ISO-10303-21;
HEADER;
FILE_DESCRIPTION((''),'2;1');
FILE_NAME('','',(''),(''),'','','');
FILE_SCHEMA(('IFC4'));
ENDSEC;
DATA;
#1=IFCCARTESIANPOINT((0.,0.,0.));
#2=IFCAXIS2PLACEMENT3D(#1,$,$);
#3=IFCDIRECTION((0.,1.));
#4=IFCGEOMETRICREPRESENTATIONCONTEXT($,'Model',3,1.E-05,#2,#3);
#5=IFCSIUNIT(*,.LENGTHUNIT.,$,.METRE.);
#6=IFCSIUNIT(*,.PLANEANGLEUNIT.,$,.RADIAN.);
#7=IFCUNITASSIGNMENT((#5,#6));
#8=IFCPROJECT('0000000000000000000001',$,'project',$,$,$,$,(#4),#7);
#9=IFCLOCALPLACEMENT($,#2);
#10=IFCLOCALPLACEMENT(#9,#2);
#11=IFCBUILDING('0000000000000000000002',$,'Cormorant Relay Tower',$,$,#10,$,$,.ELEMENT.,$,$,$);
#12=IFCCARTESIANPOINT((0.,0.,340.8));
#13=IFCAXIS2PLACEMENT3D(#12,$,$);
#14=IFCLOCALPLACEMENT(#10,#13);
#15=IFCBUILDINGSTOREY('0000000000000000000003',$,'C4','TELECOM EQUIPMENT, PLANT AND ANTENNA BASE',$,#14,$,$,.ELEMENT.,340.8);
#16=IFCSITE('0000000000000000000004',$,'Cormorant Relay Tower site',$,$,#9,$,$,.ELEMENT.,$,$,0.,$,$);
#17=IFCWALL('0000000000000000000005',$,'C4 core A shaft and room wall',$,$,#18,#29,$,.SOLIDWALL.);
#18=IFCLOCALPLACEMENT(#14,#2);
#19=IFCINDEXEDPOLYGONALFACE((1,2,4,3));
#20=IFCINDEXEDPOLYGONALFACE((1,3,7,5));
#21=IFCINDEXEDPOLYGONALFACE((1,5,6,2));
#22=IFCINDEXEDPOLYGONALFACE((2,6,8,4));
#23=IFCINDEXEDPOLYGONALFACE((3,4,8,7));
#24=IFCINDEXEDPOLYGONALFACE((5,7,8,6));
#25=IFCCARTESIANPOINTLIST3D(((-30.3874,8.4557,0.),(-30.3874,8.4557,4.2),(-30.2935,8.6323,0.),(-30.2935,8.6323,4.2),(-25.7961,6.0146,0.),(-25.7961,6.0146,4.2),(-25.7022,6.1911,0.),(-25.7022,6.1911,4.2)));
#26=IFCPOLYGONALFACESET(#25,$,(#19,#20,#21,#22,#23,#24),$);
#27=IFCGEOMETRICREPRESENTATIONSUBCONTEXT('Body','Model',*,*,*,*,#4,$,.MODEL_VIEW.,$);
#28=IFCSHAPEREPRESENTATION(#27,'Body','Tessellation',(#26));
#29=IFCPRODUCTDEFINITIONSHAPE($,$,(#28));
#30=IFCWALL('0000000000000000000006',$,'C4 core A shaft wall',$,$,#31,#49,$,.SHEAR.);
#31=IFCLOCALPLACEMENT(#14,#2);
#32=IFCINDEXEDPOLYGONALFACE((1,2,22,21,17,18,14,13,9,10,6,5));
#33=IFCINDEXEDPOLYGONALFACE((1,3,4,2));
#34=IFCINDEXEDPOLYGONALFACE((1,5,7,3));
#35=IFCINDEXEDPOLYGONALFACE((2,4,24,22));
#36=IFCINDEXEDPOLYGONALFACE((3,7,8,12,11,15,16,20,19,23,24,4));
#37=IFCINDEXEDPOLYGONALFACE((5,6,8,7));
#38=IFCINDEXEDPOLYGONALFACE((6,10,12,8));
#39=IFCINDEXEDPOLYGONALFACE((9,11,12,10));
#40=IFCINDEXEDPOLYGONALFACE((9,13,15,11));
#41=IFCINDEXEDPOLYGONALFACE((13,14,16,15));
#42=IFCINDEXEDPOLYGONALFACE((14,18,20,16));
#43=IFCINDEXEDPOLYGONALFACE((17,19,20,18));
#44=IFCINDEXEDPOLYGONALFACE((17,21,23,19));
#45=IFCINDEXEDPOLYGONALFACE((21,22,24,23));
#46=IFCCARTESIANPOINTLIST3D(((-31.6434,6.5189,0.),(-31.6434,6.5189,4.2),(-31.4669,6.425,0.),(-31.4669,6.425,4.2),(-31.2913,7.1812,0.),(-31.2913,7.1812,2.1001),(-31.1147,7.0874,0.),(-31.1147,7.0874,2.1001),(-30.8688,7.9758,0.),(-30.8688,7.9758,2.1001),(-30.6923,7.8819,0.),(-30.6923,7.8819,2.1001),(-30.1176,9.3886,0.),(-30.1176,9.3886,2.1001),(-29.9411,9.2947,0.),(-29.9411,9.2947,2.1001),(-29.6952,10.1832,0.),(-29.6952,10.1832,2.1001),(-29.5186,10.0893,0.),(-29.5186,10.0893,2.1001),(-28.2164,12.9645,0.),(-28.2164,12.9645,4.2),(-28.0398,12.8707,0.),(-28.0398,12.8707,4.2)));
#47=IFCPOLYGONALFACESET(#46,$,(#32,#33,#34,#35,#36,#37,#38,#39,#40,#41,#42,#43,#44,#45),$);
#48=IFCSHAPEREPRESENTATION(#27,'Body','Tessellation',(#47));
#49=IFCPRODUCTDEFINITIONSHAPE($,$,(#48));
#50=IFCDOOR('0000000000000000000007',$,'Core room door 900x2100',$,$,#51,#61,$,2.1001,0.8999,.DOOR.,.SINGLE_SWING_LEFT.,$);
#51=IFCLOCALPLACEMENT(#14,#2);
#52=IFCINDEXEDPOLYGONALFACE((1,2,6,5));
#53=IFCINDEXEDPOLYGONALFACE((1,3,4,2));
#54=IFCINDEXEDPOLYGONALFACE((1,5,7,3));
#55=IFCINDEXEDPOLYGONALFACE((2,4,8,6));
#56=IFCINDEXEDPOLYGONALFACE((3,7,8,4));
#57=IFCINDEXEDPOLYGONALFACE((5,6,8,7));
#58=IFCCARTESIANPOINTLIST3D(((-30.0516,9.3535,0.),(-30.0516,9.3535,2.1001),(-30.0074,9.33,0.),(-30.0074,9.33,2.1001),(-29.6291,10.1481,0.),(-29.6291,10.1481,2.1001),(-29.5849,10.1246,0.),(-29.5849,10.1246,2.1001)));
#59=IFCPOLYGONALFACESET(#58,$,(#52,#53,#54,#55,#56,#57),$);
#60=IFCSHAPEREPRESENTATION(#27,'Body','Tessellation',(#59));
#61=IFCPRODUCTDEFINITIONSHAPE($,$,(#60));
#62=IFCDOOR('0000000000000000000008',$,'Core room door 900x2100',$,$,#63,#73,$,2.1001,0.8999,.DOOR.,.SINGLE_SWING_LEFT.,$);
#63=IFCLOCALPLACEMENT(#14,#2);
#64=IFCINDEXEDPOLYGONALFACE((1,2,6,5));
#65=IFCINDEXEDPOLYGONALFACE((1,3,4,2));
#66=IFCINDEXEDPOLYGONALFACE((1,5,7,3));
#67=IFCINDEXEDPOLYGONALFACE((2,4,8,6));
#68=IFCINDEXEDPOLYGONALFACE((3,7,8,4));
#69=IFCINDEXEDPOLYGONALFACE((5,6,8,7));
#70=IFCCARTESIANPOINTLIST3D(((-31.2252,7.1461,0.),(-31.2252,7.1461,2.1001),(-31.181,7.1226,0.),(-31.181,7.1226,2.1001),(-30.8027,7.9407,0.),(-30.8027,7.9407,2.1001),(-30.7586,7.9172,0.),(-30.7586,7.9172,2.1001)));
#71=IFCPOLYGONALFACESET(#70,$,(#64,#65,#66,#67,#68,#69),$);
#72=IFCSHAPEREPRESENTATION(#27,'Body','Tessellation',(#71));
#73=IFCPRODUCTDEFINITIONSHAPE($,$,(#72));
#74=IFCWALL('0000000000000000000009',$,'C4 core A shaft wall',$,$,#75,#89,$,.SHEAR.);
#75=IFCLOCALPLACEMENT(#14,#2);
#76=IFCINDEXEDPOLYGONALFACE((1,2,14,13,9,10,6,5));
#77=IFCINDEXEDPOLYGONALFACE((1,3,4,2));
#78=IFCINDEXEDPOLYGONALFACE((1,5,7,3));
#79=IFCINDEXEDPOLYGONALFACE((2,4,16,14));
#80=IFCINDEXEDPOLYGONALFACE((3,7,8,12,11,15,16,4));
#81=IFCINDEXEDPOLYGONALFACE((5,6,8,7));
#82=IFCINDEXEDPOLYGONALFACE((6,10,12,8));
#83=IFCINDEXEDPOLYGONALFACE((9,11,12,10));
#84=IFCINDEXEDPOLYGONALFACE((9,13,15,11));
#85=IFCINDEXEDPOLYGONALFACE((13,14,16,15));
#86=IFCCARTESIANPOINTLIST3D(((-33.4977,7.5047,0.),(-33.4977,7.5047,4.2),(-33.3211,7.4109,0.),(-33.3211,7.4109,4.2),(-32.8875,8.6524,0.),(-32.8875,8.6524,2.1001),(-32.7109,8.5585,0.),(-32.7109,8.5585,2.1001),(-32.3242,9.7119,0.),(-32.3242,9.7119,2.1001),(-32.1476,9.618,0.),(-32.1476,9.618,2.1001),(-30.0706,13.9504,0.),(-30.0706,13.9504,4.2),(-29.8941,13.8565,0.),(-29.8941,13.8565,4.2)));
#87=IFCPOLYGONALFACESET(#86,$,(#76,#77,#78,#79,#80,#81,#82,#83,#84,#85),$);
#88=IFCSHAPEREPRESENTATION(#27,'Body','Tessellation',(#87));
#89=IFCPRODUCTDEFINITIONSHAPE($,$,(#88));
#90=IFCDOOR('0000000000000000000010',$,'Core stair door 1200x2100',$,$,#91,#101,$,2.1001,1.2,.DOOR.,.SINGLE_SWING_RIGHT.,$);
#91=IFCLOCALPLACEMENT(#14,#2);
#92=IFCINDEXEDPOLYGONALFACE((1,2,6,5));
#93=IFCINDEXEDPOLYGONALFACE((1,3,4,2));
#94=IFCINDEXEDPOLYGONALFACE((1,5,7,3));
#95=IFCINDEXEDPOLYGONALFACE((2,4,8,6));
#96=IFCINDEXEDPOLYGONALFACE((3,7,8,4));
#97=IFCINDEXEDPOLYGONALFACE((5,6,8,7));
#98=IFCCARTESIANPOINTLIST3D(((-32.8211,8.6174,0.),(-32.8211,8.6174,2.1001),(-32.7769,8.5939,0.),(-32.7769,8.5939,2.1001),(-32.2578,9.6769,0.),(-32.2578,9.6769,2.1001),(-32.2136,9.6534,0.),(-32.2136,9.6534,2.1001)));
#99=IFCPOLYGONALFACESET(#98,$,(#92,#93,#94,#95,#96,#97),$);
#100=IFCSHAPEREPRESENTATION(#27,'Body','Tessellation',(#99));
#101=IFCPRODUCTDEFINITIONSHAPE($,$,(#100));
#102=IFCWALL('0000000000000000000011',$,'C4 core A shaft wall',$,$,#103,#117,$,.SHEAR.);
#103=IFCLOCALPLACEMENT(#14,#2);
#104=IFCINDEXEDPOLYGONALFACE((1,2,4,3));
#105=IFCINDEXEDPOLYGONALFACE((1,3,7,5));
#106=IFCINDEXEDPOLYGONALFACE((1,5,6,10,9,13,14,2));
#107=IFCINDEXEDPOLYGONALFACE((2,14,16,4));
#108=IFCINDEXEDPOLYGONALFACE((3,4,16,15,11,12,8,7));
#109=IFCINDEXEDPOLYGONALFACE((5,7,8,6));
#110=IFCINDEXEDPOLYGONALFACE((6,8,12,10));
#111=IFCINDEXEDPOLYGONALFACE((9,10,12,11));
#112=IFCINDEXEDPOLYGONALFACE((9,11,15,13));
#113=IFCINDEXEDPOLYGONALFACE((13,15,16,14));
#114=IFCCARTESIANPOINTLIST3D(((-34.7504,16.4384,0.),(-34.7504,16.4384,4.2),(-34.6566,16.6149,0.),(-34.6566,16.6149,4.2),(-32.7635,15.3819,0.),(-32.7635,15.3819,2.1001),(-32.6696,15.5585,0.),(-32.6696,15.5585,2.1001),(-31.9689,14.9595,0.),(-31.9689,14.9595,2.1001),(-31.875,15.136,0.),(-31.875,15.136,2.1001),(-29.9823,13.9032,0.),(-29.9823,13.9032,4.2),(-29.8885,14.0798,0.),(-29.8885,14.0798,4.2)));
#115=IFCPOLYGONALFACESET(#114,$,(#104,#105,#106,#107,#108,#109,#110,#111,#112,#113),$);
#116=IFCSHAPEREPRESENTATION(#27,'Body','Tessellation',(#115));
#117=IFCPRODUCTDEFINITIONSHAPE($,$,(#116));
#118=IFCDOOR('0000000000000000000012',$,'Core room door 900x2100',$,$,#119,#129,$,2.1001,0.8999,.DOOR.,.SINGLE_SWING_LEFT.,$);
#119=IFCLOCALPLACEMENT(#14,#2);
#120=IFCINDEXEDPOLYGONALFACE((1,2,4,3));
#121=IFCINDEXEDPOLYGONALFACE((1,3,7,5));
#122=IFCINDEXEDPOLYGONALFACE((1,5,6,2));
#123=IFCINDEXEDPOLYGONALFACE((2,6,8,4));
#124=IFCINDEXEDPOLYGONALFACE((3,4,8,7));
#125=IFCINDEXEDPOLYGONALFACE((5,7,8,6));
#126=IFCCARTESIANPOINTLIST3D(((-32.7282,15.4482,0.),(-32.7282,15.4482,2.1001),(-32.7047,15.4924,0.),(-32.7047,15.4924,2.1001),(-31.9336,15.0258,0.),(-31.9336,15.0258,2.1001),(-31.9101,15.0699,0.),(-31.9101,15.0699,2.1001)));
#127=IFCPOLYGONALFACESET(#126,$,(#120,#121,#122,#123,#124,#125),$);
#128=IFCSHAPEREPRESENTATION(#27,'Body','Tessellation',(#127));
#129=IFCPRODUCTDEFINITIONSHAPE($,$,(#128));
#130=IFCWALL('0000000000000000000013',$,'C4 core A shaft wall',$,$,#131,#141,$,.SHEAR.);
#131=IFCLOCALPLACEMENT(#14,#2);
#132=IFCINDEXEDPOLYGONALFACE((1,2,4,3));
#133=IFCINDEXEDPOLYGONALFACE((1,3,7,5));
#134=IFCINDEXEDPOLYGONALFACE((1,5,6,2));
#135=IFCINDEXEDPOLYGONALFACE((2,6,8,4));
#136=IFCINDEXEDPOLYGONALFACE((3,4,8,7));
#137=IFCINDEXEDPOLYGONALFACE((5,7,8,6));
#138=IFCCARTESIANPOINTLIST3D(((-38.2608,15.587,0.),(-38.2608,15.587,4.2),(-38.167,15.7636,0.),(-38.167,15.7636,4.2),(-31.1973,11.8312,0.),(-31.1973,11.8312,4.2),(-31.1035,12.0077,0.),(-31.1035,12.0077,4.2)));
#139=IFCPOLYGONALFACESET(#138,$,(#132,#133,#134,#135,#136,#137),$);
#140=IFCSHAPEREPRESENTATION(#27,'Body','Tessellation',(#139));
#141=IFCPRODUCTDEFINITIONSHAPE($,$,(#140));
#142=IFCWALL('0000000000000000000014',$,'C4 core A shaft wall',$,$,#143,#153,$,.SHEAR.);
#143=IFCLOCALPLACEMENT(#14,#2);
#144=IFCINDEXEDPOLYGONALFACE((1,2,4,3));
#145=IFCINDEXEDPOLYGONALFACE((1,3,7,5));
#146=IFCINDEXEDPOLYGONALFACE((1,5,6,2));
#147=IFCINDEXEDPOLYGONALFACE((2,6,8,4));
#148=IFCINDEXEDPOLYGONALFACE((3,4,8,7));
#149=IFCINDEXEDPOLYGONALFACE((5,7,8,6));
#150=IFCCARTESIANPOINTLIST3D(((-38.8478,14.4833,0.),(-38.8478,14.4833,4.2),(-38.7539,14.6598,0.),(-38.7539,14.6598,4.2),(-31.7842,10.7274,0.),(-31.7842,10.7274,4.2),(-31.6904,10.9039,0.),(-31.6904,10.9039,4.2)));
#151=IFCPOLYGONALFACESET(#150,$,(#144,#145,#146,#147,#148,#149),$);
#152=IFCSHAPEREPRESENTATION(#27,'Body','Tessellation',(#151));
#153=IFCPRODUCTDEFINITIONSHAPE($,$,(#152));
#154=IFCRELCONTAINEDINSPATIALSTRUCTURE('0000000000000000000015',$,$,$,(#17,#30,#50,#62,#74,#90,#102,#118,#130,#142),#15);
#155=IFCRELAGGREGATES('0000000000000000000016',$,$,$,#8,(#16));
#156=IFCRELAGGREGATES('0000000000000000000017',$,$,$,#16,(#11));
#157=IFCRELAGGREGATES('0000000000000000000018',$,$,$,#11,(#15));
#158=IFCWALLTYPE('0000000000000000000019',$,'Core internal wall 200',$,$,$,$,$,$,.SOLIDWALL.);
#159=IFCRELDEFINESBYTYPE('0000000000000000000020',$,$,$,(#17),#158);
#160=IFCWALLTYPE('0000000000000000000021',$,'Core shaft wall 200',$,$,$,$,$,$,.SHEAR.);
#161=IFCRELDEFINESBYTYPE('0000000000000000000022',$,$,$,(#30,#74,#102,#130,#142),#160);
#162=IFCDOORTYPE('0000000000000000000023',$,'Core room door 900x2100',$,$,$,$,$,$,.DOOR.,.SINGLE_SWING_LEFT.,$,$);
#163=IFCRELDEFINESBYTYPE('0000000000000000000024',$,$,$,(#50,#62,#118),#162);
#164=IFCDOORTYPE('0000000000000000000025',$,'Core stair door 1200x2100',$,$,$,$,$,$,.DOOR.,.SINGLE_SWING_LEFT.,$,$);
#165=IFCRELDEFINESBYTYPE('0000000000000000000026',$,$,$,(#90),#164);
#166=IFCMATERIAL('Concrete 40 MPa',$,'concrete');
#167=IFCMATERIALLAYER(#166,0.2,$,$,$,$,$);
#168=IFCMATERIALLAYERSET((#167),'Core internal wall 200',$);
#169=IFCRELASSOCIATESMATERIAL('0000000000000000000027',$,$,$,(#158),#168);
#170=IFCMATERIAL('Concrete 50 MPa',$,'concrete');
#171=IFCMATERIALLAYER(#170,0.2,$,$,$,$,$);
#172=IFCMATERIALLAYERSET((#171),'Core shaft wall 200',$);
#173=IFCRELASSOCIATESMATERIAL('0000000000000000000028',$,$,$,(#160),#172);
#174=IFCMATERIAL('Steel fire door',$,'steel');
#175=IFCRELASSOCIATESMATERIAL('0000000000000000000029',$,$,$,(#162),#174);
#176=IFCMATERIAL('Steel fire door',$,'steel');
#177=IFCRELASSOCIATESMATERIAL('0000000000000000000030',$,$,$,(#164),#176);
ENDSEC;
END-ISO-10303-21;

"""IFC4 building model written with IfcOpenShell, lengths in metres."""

from ifc_helpers import new_model, si_unit, direction, frame, frame_2d, origin, place, context, subcontext, project, spatial, rectangle, extrude, material, layer, layer_set, type_object, element, fill, save


model = new_model("IFC4")

# Units and contexts
model_context = context("Model", 3, precision=1e-05, world=origin(), true_north=direction((0.0, 1.0)))
body_context = subcontext(model_context, "Body", "Model", "MODEL_VIEW")
ifc_project = project(units=[si_unit("LENGTHUNIT", "METRE"), si_unit("PLANEANGLEUNIT", "RADIAN")], contexts=[model_context])

# Site, building, storey
site_placement = place(None, origin())
site = spatial("IfcSite", under=ifc_project, at=site_placement, Name="Cormorant Relay Tower site", CompositionType="ELEMENT", RefElevation=0.0)
building_placement = place(site_placement, origin())
building = spatial("IfcBuilding", under=site, at=building_placement, Name="Cormorant Relay Tower", CompositionType="ELEMENT")
storey_placement = place(building_placement, frame((0.0, 0.0, 340.8)))
storey = spatial("IfcBuildingStorey", under=building, at=storey_placement, Name="C4", Description="TELECOM EQUIPMENT, PLANT AND ANTENNA BASE", CompositionType="ELEMENT", Elevation=340.8)

# Wall
ifc_material_1 = material(Name="Concrete 40 MPa", Category="concrete")
ifc_layer_1 = layer(ifc_material_1, 0.2)
ifc_layer_set_1 = layer_set([ifc_layer_1], Name="Core internal wall 200")
wall_type_1 = type_object("IfcWallType", Name="Core internal wall 200", PredefinedType="SOLIDWALL", material=ifc_layer_set_1)
wall_1_placement = place(storey_placement, frame((-25.749, 6.1028, 0.0), z_axis=(0.0, 0.0, 1.0), x_axis=(-0.882954, 0.46946, 0.0)))
element("IfcWall", 1, at=wall_1_placement, inside=storey, type_object=wall_type_1, Name="C4 core A shaft and room wall", PredefinedType="SOLIDWALL", context=body_context, shape_type="SweptSolid", body=[
    extrude(rectangle(XDim=5.2, YDim=0.2, at=frame_2d((2.6001, 0.0))), origin(), (0.0, 0.0, 1.0), 4.2),
])

# Wall, openings, doors
ifc_material_2 = material(Name="Concrete 50 MPa", Category="concrete")
ifc_layer_2 = layer(ifc_material_2, 0.2)
ifc_layer_set_2 = layer_set([ifc_layer_2], Name="Core shaft wall 200")
wall_type_2 = type_object("IfcWallType", Name="Core shaft wall 200", PredefinedType="SHEAR", material=ifc_layer_set_2)
wall_2_placement = place(storey_placement, frame((-28.1282, 12.9175, 0.0), z_axis=(0.0, 0.0, 1.0), x_axis=(-0.469454, -0.882957, 0.0)))
wall_2 = element("IfcWall", 2, at=wall_2_placement, inside=storey, type_object=wall_type_2, Name="C4 core A shaft wall", PredefinedType="SHEAR", context=body_context, shape_type="SweptSolid", body=[
    extrude(rectangle(XDim=7.3, YDim=0.2, at=frame_2d((3.6499, 0.0))), origin(), (0.0, 0.0, 1.0), 4.2),
])
opening_1_placement = place(wall_2_placement, frame((3.1499, 0.0, 0.0)))
opening_1 = element("IfcOpeningElement", 3, at=opening_1_placement, cuts=wall_2, PredefinedType="OPENING", context=body_context, shape_type="SweptSolid", body=[
    extrude(rectangle(XDim=0.8999, YDim=2.1001, at=frame_2d((0.45, 1.05))), frame((0.0, 0.1099, 0.0), z_axis=(0.0, -1.0, 0.0), x_axis=(1.0, 0.0, 0.0)), (0.0, 0.0, 1.0), 0.22),
])
opening_2_placement = place(wall_2_placement, frame((5.6499, 0.0, 0.0)))
opening_2 = element("IfcOpeningElement", 4, at=opening_2_placement, cuts=wall_2, PredefinedType="OPENING", context=body_context, shape_type="SweptSolid", body=[
    extrude(rectangle(XDim=0.8999, YDim=2.1001, at=frame_2d((0.45, 1.05))), frame((0.0, 0.1099, 0.0), z_axis=(0.0, -1.0, 0.0), x_axis=(1.0, 0.0, 0.0)), (0.0, 0.0, 1.0), 0.22),
])
ifc_material_3 = material(Name="Steel fire door", Category="steel")
door_type_1 = type_object("IfcDoorType", Name="Core room door 900x2100", OperationType="SINGLE_SWING_LEFT", PredefinedType="DOOR", material=ifc_material_3)
door_1_placement = place(opening_1_placement, origin())
door_1 = element("IfcDoor", 5, at=door_1_placement, inside=storey, type_object=door_type_1, Name="Core room door 900x2100", OperationType="SINGLE_SWING_LEFT", OverallHeight=2.1001, OverallWidth=0.8999, PredefinedType="DOOR", context=body_context, shape_type="SweptSolid", body=[
    extrude(rectangle(XDim=0.8999, YDim=2.1001, at=frame_2d((0.45, 1.05))), frame((0.0, 0.0249, 0.0), z_axis=(0.0, -1.0, 0.0), x_axis=(1.0, 0.0, 0.0)), (0.0, 0.0, 1.0), 0.05),
])
fill(opening_1, door_1)
door_2_placement = place(opening_2_placement, origin())
door_2 = element("IfcDoor", 6, at=door_2_placement, inside=storey, type_object=door_type_1, Name="Core room door 900x2100", OperationType="SINGLE_SWING_LEFT", OverallHeight=2.1001, OverallWidth=0.8999, PredefinedType="DOOR", context=body_context, shape_type="SweptSolid", body=[
    extrude(rectangle(XDim=0.8999, YDim=2.1001, at=frame_2d((0.45, 1.05))), frame((0.0, 0.0249, 0.0), z_axis=(0.0, -1.0, 0.0), x_axis=(1.0, 0.0, 0.0)), (0.0, 0.0, 1.0), 0.05),
])
fill(opening_2, door_2)

# Walls, openings, doors
wall_3_placement = place(storey_placement, frame((-29.9824, 13.9033, 0.0), z_axis=(0.0, 0.0, 1.0), x_axis=(-0.469454, -0.882957, 0.0)))
wall_3 = element("IfcWall", 7, at=wall_3_placement, inside=storey, type_object=wall_type_2, Name="C4 core A shaft wall", PredefinedType="SHEAR", context=body_context, shape_type="SweptSolid", body=[
    extrude(rectangle(XDim=7.3, YDim=0.2, at=frame_2d((3.6499, 0.0))), origin(), (0.0, 0.0, 1.0), 4.2),
])
opening_3_placement = place(wall_3_placement, frame((4.8, 0.0, 0.0)))
opening_3 = element("IfcOpeningElement", 8, at=opening_3_placement, cuts=wall_3, PredefinedType="OPENING", context=body_context, shape_type="SweptSolid", body=[
    extrude(rectangle(XDim=1.2, YDim=2.1001, at=frame_2d((0.6001, 1.05))), frame((0.0, 0.1099, 0.0), z_axis=(0.0, -1.0, 0.0), x_axis=(1.0, 0.0, 0.0)), (0.0, 0.0, 1.0), 0.22),
])
ifc_material_4 = material(Name="Steel fire door", Category="steel")
door_type_2 = type_object("IfcDoorType", Name="Core stair door 1200x2100", OperationType="SINGLE_SWING_LEFT", PredefinedType="DOOR", material=ifc_material_4)
door_3_placement = place(opening_3_placement, frame((1.2, 0.0, 0.0), z_axis=(0.0, 0.0, 1.0), x_axis=(-1.0, 0.0, 0.0)))
door_3 = element("IfcDoor", 9, at=door_3_placement, inside=storey, type_object=door_type_2, Name="Core stair door 1200x2100", OperationType="SINGLE_SWING_RIGHT", OverallHeight=2.1001, OverallWidth=1.2, PredefinedType="DOOR", context=body_context, shape_type="SweptSolid", body=[
    extrude(rectangle(XDim=1.2, YDim=2.1001, at=frame_2d((0.6001, 1.05))), frame((0.0, 0.0249, 0.0), z_axis=(0.0, -1.0, 0.0), x_axis=(1.0, 0.0, 0.0)), (0.0, 0.0, 1.0), 0.05),
])
fill(opening_3, door_3)
wall_4_placement = place(storey_placement, frame((-29.9353, 13.9915, 0.0), z_axis=(0.0, 0.0, 1.0), x_axis=(-0.882953, 0.469462, 0.0)))
wall_4 = element("IfcWall", 10, at=wall_4_placement, inside=storey, type_object=wall_type_2, Name="C4 core A shaft wall", PredefinedType="SHEAR", context=body_context, shape_type="SweptSolid", body=[
    extrude(rectangle(XDim=5.4001, YDim=0.2, at=frame_2d((2.7002, 0.0))), origin(), (0.0, 0.0, 1.0), 4.2),
])
opening_4_placement = place(wall_4_placement, frame((2.25, 0.0, 0.0)))
opening_4 = element("IfcOpeningElement", 11, at=opening_4_placement, cuts=wall_4, PredefinedType="OPENING", context=body_context, shape_type="SweptSolid", body=[
    extrude(rectangle(XDim=0.8999, YDim=2.1001, at=frame_2d((0.45, 1.05))), frame((0.0, 0.1099, 0.0), z_axis=(0.0, -1.0, 0.0), x_axis=(1.0, 0.0, 0.0)), (0.0, 0.0, 1.0), 0.22),
])
door_4_placement = place(opening_4_placement, origin())
door_4 = element("IfcDoor", 12, at=door_4_placement, inside=storey, type_object=door_type_1, Name="Core room door 900x2100", OperationType="SINGLE_SWING_LEFT", OverallHeight=2.1001, OverallWidth=0.8999, PredefinedType="DOOR", context=body_context, shape_type="SweptSolid", body=[
    extrude(rectangle(XDim=0.8999, YDim=2.1001, at=frame_2d((0.45, 1.05))), frame((0.0, 0.0249, 0.0), z_axis=(0.0, -1.0, 0.0), x_axis=(1.0, 0.0, 0.0)), (0.0, 0.0, 1.0), 0.05),
])
fill(opening_4, door_4)

# Walls
for number, where, z_axis, x_axis, name in (
    (13, (-31.1504, 11.9194, 0.0), (0.0, 0.0, 1.0), (-0.88294, 0.469485, 0.0), "C4 core A shaft wall"),
    (14, (-31.7373, 10.8157, 0.0), (0.0, 0.0, 1.0), (-0.88294, 0.469485, 0.0), "C4 core A shaft wall"),
):
    element("IfcWall", number, at=place(storey_placement, frame(where, z_axis=z_axis, x_axis=x_axis)), inside=storey, type_object=wall_type_2, Name=name, PredefinedType="SHEAR", context=body_context, shape_type="SweptSolid", body=[
        extrude(rectangle(XDim=8.0, YDim=0.2, at=frame_2d((4.0, 0.0))), origin(), (0.0, 0.0, 1.0), 4.2),
    ])

save(model, "model.ifc")
